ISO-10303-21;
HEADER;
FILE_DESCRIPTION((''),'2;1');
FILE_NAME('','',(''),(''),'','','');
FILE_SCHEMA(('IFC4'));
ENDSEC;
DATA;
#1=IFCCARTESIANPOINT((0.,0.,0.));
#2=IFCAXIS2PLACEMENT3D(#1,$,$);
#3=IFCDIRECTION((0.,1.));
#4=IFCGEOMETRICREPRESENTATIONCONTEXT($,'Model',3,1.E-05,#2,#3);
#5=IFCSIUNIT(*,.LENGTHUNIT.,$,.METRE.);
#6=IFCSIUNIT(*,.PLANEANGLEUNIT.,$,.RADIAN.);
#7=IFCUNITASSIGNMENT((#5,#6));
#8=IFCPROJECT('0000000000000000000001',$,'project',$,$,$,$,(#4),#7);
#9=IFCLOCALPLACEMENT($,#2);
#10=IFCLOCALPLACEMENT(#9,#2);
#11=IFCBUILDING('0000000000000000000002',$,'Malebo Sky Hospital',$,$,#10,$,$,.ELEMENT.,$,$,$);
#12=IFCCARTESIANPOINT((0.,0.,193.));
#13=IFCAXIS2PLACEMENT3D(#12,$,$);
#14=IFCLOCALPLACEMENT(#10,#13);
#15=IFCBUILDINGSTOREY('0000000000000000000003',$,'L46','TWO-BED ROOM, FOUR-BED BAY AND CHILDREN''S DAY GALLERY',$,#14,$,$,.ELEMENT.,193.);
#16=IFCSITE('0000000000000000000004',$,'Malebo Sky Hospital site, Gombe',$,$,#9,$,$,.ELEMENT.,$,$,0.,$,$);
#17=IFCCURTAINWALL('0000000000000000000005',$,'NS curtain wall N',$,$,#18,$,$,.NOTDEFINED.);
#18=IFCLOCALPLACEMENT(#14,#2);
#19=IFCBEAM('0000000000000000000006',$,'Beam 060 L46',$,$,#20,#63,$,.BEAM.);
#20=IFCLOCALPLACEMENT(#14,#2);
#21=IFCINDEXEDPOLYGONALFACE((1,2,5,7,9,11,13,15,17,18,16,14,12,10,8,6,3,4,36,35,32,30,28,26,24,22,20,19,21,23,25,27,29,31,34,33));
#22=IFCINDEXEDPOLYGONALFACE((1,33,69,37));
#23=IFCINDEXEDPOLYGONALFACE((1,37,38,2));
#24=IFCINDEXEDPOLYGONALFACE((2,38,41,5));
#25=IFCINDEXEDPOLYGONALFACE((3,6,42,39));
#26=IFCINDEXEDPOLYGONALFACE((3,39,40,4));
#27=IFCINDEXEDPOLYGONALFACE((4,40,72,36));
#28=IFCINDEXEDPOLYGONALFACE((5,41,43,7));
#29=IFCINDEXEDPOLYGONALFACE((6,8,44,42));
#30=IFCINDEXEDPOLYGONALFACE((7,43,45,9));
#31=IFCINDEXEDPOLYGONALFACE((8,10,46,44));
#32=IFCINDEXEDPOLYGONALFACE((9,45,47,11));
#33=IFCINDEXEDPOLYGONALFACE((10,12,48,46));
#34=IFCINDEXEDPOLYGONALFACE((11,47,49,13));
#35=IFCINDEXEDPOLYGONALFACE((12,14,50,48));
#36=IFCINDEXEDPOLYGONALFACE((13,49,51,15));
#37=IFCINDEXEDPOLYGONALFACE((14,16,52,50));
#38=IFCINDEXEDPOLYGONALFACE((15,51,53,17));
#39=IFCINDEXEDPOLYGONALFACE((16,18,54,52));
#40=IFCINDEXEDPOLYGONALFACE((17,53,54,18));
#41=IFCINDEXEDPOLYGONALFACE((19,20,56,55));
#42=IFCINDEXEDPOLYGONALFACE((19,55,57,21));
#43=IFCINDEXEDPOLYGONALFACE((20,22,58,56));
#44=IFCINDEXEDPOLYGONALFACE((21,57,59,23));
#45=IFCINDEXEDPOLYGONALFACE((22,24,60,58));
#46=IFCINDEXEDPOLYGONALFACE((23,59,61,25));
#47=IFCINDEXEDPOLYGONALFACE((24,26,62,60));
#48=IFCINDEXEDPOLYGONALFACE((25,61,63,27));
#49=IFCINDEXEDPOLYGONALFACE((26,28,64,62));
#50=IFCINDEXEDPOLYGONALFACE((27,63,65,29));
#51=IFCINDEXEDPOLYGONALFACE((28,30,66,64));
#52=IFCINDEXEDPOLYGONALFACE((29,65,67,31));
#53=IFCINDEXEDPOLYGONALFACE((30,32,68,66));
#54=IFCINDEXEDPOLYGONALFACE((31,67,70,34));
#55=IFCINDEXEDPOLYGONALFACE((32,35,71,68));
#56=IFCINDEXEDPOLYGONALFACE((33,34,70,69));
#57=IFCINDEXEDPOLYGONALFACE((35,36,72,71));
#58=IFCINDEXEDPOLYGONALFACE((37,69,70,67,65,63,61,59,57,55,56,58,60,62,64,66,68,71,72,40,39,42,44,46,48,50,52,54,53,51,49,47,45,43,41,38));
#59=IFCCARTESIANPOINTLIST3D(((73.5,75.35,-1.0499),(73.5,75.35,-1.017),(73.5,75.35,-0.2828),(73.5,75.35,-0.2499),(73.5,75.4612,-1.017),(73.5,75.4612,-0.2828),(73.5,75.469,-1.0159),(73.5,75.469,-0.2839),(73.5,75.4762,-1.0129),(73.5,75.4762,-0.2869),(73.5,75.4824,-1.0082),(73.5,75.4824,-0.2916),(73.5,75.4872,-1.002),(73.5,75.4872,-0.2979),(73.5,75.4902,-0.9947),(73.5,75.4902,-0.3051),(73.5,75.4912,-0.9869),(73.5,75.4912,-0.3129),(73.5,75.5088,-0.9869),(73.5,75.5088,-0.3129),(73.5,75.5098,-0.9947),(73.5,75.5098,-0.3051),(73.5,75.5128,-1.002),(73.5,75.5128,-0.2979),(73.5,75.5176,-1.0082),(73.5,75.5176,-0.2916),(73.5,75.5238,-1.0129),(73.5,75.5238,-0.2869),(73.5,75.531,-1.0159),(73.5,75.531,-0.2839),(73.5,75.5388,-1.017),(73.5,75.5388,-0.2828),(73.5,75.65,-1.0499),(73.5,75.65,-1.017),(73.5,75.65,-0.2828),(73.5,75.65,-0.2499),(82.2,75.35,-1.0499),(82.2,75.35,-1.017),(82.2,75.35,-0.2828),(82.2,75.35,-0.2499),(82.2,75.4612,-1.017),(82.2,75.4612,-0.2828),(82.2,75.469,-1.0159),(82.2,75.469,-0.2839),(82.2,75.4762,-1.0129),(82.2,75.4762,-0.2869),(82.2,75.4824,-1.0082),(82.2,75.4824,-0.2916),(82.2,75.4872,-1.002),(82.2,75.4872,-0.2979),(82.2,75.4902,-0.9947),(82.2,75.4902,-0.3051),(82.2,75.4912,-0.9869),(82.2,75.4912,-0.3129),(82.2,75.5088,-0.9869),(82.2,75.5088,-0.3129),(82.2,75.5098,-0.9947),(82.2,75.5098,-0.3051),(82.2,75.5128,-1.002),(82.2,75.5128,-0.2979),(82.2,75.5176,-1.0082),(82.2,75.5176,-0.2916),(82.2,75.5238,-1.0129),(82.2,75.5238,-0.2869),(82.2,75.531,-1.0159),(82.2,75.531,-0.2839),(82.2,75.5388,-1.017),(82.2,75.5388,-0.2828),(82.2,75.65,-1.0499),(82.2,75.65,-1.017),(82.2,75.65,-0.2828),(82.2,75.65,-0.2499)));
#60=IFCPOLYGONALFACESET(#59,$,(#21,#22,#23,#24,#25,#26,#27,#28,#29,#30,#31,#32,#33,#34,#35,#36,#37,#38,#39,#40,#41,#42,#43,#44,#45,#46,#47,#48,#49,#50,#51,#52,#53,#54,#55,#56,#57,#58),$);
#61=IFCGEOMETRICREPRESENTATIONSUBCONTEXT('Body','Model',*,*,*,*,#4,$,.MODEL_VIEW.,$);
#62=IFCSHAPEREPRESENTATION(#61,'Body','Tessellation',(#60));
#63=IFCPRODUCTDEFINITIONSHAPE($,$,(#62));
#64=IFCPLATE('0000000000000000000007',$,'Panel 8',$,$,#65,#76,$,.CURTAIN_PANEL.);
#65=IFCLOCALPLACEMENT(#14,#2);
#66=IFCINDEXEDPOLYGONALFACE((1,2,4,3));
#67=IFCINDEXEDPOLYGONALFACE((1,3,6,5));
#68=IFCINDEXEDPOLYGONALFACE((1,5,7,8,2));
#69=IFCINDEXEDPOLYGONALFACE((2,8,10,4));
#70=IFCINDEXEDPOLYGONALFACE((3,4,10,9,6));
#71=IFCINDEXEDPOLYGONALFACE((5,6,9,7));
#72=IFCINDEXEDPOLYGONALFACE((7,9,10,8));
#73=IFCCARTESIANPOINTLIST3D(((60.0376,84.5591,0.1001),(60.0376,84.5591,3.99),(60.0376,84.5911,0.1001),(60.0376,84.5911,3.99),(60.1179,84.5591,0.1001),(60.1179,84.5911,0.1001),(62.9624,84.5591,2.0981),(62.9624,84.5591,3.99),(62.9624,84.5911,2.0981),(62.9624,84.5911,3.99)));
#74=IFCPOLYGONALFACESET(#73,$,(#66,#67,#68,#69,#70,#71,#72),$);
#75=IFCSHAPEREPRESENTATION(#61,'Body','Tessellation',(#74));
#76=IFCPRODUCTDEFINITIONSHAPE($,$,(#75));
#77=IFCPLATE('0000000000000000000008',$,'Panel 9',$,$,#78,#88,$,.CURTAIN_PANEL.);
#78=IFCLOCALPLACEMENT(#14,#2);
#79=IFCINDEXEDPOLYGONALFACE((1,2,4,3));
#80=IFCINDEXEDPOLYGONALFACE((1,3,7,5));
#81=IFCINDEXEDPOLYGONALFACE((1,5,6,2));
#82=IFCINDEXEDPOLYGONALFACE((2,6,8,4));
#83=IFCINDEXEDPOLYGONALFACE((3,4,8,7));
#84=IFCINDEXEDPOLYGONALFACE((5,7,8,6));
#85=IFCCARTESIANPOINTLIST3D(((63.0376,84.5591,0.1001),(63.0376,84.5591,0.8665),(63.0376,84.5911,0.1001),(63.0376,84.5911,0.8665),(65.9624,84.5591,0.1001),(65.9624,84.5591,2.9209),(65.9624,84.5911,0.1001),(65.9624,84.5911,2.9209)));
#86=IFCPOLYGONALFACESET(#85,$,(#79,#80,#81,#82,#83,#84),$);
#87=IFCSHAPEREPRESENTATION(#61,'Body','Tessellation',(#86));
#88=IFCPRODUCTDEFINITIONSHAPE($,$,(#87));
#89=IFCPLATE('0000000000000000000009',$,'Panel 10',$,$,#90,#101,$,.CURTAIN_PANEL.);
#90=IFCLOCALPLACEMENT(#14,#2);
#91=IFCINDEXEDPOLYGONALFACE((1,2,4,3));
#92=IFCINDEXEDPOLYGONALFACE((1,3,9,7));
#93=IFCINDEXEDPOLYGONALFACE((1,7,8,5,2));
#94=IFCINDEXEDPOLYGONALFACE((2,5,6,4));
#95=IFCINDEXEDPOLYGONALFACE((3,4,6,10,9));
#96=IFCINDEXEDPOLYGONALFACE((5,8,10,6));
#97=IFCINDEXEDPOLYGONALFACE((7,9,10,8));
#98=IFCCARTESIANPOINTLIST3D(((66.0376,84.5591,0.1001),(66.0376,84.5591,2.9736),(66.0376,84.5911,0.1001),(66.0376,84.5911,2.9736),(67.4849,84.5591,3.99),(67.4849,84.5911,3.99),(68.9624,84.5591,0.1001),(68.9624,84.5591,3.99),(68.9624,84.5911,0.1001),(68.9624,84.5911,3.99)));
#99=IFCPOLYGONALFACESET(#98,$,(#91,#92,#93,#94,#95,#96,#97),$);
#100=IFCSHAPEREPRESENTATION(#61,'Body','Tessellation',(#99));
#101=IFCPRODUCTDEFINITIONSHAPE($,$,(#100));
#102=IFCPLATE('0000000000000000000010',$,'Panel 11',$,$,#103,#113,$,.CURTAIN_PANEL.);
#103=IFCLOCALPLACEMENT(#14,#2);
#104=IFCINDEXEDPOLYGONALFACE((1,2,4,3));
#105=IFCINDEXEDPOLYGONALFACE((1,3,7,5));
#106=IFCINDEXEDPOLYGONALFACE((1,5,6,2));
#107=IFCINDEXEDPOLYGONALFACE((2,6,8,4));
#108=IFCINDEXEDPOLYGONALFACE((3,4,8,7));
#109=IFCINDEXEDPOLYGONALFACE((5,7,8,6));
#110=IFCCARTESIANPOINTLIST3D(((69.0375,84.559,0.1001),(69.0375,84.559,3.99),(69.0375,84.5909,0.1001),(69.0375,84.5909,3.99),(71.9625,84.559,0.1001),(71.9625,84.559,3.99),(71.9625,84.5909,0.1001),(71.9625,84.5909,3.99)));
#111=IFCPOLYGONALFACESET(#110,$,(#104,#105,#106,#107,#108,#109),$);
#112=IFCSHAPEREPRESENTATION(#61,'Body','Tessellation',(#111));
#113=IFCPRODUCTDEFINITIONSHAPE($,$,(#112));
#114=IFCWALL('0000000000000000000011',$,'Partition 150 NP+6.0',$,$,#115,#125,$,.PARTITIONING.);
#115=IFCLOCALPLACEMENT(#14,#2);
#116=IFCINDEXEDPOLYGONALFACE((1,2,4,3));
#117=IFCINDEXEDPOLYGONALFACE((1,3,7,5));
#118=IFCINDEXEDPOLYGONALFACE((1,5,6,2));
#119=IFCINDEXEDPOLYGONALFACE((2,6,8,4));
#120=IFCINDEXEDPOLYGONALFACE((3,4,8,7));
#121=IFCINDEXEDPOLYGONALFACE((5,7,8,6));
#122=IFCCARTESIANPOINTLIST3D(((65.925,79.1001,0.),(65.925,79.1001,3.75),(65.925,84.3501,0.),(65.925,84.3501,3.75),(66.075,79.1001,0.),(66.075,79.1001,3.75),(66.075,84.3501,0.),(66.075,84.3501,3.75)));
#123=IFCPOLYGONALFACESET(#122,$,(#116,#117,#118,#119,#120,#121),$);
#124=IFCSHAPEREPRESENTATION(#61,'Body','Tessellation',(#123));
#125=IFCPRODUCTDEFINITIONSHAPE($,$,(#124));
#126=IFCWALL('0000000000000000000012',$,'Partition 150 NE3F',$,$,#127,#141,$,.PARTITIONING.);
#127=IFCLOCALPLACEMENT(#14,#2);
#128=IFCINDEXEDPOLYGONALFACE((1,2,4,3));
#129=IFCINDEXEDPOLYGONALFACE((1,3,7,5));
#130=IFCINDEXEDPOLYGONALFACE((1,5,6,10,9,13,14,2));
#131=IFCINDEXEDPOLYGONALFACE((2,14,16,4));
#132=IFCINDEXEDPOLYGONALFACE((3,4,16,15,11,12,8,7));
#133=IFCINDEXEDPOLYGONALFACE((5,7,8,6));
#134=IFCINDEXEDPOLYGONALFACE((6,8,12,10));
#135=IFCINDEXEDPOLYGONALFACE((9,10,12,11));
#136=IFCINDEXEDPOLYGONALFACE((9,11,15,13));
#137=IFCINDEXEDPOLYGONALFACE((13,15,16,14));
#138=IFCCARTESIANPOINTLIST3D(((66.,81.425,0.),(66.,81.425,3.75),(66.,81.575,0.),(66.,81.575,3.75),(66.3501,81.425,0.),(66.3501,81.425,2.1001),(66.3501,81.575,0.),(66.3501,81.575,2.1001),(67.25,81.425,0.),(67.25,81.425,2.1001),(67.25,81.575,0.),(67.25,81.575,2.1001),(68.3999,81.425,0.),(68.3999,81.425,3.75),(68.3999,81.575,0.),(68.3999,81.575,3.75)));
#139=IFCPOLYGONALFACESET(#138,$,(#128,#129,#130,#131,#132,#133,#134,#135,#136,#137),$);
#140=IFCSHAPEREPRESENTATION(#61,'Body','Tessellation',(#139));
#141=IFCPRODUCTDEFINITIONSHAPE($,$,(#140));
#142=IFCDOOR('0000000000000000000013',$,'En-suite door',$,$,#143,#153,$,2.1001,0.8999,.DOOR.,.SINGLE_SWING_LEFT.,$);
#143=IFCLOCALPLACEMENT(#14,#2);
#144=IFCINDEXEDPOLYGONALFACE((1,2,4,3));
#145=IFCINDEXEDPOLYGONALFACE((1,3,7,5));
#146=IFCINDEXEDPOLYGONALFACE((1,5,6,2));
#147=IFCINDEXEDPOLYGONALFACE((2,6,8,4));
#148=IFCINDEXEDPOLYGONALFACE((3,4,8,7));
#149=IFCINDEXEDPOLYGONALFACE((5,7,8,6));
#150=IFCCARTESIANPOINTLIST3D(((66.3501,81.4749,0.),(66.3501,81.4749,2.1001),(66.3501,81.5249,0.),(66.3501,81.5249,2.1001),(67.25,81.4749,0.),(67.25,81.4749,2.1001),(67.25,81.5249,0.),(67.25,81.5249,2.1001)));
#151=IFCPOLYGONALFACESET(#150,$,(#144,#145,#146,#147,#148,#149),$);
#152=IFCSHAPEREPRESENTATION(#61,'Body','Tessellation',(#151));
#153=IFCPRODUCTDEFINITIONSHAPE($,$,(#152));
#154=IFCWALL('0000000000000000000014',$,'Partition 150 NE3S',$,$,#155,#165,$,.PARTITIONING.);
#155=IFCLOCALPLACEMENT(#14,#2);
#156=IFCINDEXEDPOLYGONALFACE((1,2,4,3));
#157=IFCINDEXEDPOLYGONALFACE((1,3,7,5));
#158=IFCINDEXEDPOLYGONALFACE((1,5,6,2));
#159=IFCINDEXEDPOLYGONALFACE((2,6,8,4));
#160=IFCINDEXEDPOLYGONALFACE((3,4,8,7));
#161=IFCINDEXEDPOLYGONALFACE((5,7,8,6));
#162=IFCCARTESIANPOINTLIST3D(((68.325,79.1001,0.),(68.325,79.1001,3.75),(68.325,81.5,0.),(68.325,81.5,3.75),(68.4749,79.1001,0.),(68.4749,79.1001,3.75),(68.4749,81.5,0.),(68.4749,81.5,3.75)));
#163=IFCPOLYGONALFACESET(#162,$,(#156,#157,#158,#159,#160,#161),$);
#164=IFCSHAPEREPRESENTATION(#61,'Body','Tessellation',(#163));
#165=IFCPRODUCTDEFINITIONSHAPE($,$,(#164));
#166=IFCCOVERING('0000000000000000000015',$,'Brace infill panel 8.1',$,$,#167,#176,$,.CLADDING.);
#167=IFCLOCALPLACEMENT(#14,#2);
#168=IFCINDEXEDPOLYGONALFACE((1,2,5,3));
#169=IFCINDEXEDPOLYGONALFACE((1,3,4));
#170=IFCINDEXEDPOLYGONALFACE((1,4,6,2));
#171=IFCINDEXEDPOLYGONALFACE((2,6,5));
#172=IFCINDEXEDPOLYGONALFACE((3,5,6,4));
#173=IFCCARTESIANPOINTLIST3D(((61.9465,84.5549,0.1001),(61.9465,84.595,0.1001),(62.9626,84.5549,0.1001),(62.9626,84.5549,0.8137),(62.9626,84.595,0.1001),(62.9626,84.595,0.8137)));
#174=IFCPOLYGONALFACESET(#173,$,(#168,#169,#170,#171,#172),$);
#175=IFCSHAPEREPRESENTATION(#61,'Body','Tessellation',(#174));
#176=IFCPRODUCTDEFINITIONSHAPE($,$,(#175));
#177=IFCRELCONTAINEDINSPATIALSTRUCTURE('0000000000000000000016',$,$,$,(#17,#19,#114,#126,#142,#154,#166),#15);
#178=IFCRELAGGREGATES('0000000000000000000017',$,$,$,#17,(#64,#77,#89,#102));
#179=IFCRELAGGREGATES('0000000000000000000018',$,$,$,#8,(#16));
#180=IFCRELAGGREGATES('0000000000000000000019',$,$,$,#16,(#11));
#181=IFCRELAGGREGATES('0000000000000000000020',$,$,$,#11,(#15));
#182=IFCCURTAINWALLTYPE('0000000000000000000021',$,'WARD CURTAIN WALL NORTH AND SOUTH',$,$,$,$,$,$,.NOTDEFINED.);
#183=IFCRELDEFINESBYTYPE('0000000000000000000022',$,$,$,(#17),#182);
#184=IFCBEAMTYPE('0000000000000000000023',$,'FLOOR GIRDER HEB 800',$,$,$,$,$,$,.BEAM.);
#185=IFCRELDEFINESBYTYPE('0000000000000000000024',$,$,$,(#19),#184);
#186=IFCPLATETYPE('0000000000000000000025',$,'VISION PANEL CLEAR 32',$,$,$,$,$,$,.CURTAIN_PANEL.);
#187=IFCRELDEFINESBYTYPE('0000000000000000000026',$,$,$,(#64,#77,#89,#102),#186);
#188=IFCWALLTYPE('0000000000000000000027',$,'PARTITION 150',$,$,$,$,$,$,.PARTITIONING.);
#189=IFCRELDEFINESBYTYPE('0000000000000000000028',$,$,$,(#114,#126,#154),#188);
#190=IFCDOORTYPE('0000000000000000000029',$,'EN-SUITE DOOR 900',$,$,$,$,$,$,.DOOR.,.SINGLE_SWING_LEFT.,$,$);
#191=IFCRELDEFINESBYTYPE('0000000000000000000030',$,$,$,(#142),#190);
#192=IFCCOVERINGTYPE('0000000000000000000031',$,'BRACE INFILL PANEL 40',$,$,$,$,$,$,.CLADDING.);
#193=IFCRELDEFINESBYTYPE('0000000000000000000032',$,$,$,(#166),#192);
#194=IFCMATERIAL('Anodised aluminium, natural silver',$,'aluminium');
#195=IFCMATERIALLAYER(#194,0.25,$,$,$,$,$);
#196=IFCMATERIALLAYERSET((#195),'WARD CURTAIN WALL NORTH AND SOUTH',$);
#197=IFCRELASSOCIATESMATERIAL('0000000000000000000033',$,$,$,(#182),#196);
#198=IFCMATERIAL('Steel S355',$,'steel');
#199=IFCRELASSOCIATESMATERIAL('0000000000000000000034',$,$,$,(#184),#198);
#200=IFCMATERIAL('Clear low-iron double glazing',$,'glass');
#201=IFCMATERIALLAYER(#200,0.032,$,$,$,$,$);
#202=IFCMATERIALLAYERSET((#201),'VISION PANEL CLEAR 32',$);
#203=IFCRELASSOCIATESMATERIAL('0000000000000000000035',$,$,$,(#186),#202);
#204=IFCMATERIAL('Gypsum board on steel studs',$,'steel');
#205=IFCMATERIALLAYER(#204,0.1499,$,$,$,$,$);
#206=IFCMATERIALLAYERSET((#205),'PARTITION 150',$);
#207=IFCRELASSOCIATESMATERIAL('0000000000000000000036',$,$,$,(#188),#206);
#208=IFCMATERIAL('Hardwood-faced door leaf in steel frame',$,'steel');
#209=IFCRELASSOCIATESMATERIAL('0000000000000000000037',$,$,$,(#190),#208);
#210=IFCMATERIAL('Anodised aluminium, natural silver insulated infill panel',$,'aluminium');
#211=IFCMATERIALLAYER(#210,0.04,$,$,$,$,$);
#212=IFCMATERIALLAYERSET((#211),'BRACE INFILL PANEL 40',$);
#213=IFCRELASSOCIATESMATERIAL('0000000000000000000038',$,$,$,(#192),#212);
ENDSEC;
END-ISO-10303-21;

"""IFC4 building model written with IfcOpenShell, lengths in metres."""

from ifc_helpers import new_model, si_unit, direction, frame, frame_2d, origin, origin_2d, place, context, subcontext, project, spatial, polyline, rectangle, i_section, outline, extrude, material, layer, layer_set, material_profile, profile_set, type_object, element, fill, aggregate, save


model = new_model("IFC4")

# Units and contexts
model_context = context("Model", 3, precision=1e-05, world=origin(), true_north=direction((0.0, 1.0)))
body_context = subcontext(model_context, "Body", "Model", "MODEL_VIEW")
ifc_project = project(units=[si_unit("LENGTHUNIT", "METRE"), si_unit("PLANEANGLEUNIT", "RADIAN")], contexts=[model_context])

# Site, building, storey
site_placement = place(None, origin())
site = spatial("IfcSite", under=ifc_project, at=site_placement, Name="Malebo Sky Hospital site, Gombe", CompositionType="ELEMENT", RefElevation=0.0)
building_placement = place(site_placement, origin())
building = spatial("IfcBuilding", under=site, at=building_placement, Name="Malebo Sky Hospital", CompositionType="ELEMENT")
storey_placement = place(building_placement, frame((0.0, 0.0, 193.0)))
storey = spatial("IfcBuildingStorey", under=building, at=storey_placement, Name="L46", Description="TWO-BED ROOM, FOUR-BED BAY AND CHILDREN'S DAY GALLERY", CompositionType="ELEMENT", Elevation=193.0)

# Curtain wall
ifc_material_1 = material(Name="Anodised aluminium, natural silver", Category="aluminium")
ifc_layer_1 = layer(ifc_material_1, 0.25)
ifc_layer_set_1 = layer_set([ifc_layer_1], Name="WARD CURTAIN WALL NORTH AND SOUTH")
curtain_wall_type = type_object("IfcCurtainWallType", Name="WARD CURTAIN WALL NORTH AND SOUTH", PredefinedType="NOTDEFINED", material=ifc_layer_set_1)
curtain_wall_placement = place(storey_placement, origin())
curtain_wall = element("IfcCurtainWall", 1, at=curtain_wall_placement, inside=storey, type_object=curtain_wall_type, Name="NS curtain wall N", PredefinedType="NOTDEFINED")

# Shared definitions
ifc_material_2 = material(Name="Steel S355", Category="steel")

# Beam
ifc_material_profile_1 = material_profile(ifc_material_2, i_section(OverallWidth=0.3, OverallDepth=0.8, WebThickness=0.0176, FlangeThickness=0.033, FilletRadius=0.03, at=origin_2d()), Name="HEB 800")
ifc_profile_set_1 = profile_set([ifc_material_profile_1], Name="Steel S355")
beam_type_1 = type_object("IfcBeamType", Name="FLOOR GIRDER HEB 800", PredefinedType="BEAM", material=ifc_profile_set_1)
for number, where, z_axis, x_axis, name in (
    (2, (73.5, 75.5, -0.6499), (1.0, 0.0, 0.0), (0.0, 1.0, 0.0), "Beam 060 L46"),
):
    element("IfcBeam", number, at=place(storey_placement, frame(where, z_axis=z_axis, x_axis=x_axis)), inside=storey, type_object=beam_type_1, Name=name, PredefinedType="BEAM", context=body_context, shape_type="SweptSolid", body=[
        extrude(i_section(OverallWidth=0.3, OverallDepth=0.8, WebThickness=0.0176, FlangeThickness=0.033, FilletRadius=0.03, at=origin_2d()), origin(), (0.0, 0.0, 1.0), 8.7),
    ])

# Plates
ifc_material_3 = material(Name="Clear low-iron double glazing", Category="glass")
ifc_layer_2 = layer(ifc_material_3, 0.032)
ifc_layer_set_2 = layer_set([ifc_layer_2], Name="VISION PANEL CLEAR 32")
plate_type = type_object("IfcPlateType", Name="VISION PANEL CLEAR 32", PredefinedType="CURTAIN_PANEL", material=ifc_layer_set_2)
plate_1_placement = place(storey_placement, frame((61.5, 84.575, 0.1001), z_axis=(0.0, 0.0, 1.0), x_axis=(1.0, 0.0, 0.0)))
plate_1 = element("IfcPlate", 3, at=plate_1_placement, type_object=plate_type, Name="Panel 8", PredefinedType="CURTAIN_PANEL", context=body_context, shape_type="SweptSolid", body=[
    extrude(outline(polyline([(-1.4624, 0.0), (-1.3821, 0.0), (1.4624, 1.998), (1.4624, 3.8899), (-1.4624, 3.8899), (-1.4624, 0.0)])), frame((0.0, 0.0161, 0.0), z_axis=(0.0, -1.0, 0.0), x_axis=(1.0, 0.0, 0.0)), (0.0, 0.0, 1.0), 0.032),
])
plate_2_placement = place(storey_placement, frame((64.5, 84.575, 0.1001), z_axis=(0.0, 0.0, 1.0), x_axis=(1.0, 0.0, 0.0)))
plate_2 = element("IfcPlate", 4, at=plate_2_placement, type_object=plate_type, Name="Panel 9", PredefinedType="CURTAIN_PANEL", context=body_context, shape_type="SweptSolid", body=[
    extrude(outline(polyline([(-1.4624, 0.0), (1.4624, 0.0), (1.4624, 2.8208), (-1.4624, 0.7664), (-1.4624, 0.0)])), frame((0.0, 0.0161, 0.0), z_axis=(0.0, -1.0, 0.0), x_axis=(1.0, 0.0, 0.0)), (0.0, 0.0, 1.0), 0.032),
])
plate_3_placement = place(storey_placement, frame((67.5, 84.575, 0.1001), z_axis=(0.0, 0.0, 1.0), x_axis=(1.0, 0.0, 0.0)))
plate_3 = element("IfcPlate", 5, at=plate_3_placement, type_object=plate_type, Name="Panel 10", PredefinedType="CURTAIN_PANEL", context=body_context, shape_type="SweptSolid", body=[
    extrude(outline(polyline([(-1.4624, 0.0), (1.4624, 0.0), (1.4624, 3.8899), (-0.0151, 3.8899), (-1.4624, 2.8735), (-1.4624, 0.0)])), frame((0.0, 0.0161, 0.0), z_axis=(0.0, -1.0, 0.0), x_axis=(1.0, 0.0, 0.0)), (0.0, 0.0, 1.0), 0.032),
])
plate_4_placement = place(storey_placement, frame((70.5, 84.575, 0.1001), z_axis=(0.0, 0.0, 1.0), x_axis=(1.0, 0.0, 0.0)))
plate_4 = element("IfcPlate", 6, at=plate_4_placement, type_object=plate_type, Name="Panel 11", PredefinedType="CURTAIN_PANEL", context=body_context, shape_type="SweptSolid", body=[
    extrude(rectangle(XDim=2.925, YDim=0.032, at=origin_2d()), origin(), (0.0, 0.0, 1.0), 3.8899),
])
aggregate(curtain_wall, [plate_1, plate_2, plate_3, plate_4])

# Wall
ifc_material_4 = material(Name="Gypsum board on steel studs", Category="steel")
ifc_layer_3 = layer(ifc_material_4, 0.1499)
ifc_layer_set_3 = layer_set([ifc_layer_3], Name="PARTITION 150")
wall_type = type_object("IfcWallType", Name="PARTITION 150", PredefinedType="PARTITIONING", material=ifc_layer_set_3)
wall_1_placement = place(storey_placement, frame((66.0, 79.1001, 0.0), z_axis=(0.0, 0.0, 1.0), x_axis=(0.0, 1.0, 0.0)))
element("IfcWall", 7, at=wall_1_placement, inside=storey, type_object=wall_type, Name="Partition 150 NP+6.0", PredefinedType="PARTITIONING", context=body_context, shape_type="SweptSolid", body=[
    extrude(rectangle(XDim=5.25, YDim=0.1499, at=frame_2d((2.625, 0.0))), origin(), (0.0, 0.0, 1.0), 3.75),
])

# Wall, opening, door
wall_2_placement = place(storey_placement, frame((66.0, 81.5, 0.0), z_axis=(0.0, 0.0, 1.0), x_axis=(1.0, 0.0, 0.0)))
wall_2 = element("IfcWall", 8, at=wall_2_placement, inside=storey, type_object=wall_type, Name="Partition 150 NE3F", PredefinedType="PARTITIONING", context=body_context, shape_type="SweptSolid", body=[
    extrude(rectangle(XDim=2.3999, YDim=0.1499, at=frame_2d((1.2, 0.0))), origin(), (0.0, 0.0, 1.0), 3.75),
])
opening_placement = place(wall_2_placement, frame((0.3501, 0.0, 0.0)))
opening = element("IfcOpeningElement", 9, at=opening_placement, cuts=wall_2, PredefinedType="OPENING", context=body_context, shape_type="SweptSolid", body=[
    extrude(rectangle(XDim=0.8999, YDim=2.1001, at=frame_2d((0.45, 1.05))), frame((0.0, 0.085, 0.0), z_axis=(0.0, -1.0, 0.0), x_axis=(1.0, 0.0, 0.0)), (0.0, 0.0, 1.0), 0.1699),
])
ifc_material_5 = material(Name="Hardwood-faced door leaf in steel frame", Category="steel")
door_type = type_object("IfcDoorType", Name="EN-SUITE DOOR 900", OperationType="SINGLE_SWING_LEFT", PredefinedType="DOOR", material=ifc_material_5)
door_placement = place(opening_placement, origin())
door = element("IfcDoor", 10, at=door_placement, inside=storey, type_object=door_type, Name="En-suite door", OperationType="SINGLE_SWING_LEFT", OverallHeight=2.1001, OverallWidth=0.8999, PredefinedType="DOOR", context=body_context, shape_type="SweptSolid", body=[
    extrude(rectangle(XDim=0.8999, YDim=2.1001, at=frame_2d((0.45, 1.05))), frame((0.0, 0.0249, 0.0), z_axis=(0.0, -1.0, 0.0), x_axis=(1.0, 0.0, 0.0)), (0.0, 0.0, 1.0), 0.05),
])
fill(opening, door)

# Wall
wall_3_placement = place(storey_placement, frame((68.3999, 79.1001, 0.0), z_axis=(0.0, 0.0, 1.0), x_axis=(0.0, 1.0, 0.0)))
element("IfcWall", 11, at=wall_3_placement, inside=storey, type_object=wall_type, Name="Partition 150 NE3S", PredefinedType="PARTITIONING", context=body_context, shape_type="SweptSolid", body=[
    extrude(rectangle(XDim=2.3999, YDim=0.1499, at=frame_2d((1.2, 0.0))), origin(), (0.0, 0.0, 1.0), 3.75),
])

# Covering
ifc_material_6 = material(Name="Anodised aluminium, natural silver insulated infill panel", Category="aluminium")
ifc_layer_4 = layer(ifc_material_6, 0.04)
ifc_layer_set_4 = layer_set([ifc_layer_4], Name="BRACE INFILL PANEL 40")
covering_type = type_object("IfcCoveringType", Name="BRACE INFILL PANEL 40", PredefinedType="CLADDING", material=ifc_layer_set_4)
covering_1_placement = place(storey_placement, frame((62.4546, 84.575, 0.1001), z_axis=(0.0, 0.0, 1.0), x_axis=(1.0, 0.0, 0.0)))
element("IfcCovering", 12, at=covering_1_placement, inside=storey, type_object=covering_type, Name="Brace infill panel 8.1", PredefinedType="CLADDING", context=body_context, shape_type="SweptSolid", body=[
    extrude(outline(polyline([(-0.5081, 0.0), (0.5081, 0.0), (0.5081, 0.7136), (-0.5081, 0.0)])), frame((0.0, 0.02, 0.0), z_axis=(0.0, -1.0, 0.0), x_axis=(1.0, 0.0, 0.0)), (0.0, 0.0, 1.0), 0.04),
])

save(model, "model.ifc")
